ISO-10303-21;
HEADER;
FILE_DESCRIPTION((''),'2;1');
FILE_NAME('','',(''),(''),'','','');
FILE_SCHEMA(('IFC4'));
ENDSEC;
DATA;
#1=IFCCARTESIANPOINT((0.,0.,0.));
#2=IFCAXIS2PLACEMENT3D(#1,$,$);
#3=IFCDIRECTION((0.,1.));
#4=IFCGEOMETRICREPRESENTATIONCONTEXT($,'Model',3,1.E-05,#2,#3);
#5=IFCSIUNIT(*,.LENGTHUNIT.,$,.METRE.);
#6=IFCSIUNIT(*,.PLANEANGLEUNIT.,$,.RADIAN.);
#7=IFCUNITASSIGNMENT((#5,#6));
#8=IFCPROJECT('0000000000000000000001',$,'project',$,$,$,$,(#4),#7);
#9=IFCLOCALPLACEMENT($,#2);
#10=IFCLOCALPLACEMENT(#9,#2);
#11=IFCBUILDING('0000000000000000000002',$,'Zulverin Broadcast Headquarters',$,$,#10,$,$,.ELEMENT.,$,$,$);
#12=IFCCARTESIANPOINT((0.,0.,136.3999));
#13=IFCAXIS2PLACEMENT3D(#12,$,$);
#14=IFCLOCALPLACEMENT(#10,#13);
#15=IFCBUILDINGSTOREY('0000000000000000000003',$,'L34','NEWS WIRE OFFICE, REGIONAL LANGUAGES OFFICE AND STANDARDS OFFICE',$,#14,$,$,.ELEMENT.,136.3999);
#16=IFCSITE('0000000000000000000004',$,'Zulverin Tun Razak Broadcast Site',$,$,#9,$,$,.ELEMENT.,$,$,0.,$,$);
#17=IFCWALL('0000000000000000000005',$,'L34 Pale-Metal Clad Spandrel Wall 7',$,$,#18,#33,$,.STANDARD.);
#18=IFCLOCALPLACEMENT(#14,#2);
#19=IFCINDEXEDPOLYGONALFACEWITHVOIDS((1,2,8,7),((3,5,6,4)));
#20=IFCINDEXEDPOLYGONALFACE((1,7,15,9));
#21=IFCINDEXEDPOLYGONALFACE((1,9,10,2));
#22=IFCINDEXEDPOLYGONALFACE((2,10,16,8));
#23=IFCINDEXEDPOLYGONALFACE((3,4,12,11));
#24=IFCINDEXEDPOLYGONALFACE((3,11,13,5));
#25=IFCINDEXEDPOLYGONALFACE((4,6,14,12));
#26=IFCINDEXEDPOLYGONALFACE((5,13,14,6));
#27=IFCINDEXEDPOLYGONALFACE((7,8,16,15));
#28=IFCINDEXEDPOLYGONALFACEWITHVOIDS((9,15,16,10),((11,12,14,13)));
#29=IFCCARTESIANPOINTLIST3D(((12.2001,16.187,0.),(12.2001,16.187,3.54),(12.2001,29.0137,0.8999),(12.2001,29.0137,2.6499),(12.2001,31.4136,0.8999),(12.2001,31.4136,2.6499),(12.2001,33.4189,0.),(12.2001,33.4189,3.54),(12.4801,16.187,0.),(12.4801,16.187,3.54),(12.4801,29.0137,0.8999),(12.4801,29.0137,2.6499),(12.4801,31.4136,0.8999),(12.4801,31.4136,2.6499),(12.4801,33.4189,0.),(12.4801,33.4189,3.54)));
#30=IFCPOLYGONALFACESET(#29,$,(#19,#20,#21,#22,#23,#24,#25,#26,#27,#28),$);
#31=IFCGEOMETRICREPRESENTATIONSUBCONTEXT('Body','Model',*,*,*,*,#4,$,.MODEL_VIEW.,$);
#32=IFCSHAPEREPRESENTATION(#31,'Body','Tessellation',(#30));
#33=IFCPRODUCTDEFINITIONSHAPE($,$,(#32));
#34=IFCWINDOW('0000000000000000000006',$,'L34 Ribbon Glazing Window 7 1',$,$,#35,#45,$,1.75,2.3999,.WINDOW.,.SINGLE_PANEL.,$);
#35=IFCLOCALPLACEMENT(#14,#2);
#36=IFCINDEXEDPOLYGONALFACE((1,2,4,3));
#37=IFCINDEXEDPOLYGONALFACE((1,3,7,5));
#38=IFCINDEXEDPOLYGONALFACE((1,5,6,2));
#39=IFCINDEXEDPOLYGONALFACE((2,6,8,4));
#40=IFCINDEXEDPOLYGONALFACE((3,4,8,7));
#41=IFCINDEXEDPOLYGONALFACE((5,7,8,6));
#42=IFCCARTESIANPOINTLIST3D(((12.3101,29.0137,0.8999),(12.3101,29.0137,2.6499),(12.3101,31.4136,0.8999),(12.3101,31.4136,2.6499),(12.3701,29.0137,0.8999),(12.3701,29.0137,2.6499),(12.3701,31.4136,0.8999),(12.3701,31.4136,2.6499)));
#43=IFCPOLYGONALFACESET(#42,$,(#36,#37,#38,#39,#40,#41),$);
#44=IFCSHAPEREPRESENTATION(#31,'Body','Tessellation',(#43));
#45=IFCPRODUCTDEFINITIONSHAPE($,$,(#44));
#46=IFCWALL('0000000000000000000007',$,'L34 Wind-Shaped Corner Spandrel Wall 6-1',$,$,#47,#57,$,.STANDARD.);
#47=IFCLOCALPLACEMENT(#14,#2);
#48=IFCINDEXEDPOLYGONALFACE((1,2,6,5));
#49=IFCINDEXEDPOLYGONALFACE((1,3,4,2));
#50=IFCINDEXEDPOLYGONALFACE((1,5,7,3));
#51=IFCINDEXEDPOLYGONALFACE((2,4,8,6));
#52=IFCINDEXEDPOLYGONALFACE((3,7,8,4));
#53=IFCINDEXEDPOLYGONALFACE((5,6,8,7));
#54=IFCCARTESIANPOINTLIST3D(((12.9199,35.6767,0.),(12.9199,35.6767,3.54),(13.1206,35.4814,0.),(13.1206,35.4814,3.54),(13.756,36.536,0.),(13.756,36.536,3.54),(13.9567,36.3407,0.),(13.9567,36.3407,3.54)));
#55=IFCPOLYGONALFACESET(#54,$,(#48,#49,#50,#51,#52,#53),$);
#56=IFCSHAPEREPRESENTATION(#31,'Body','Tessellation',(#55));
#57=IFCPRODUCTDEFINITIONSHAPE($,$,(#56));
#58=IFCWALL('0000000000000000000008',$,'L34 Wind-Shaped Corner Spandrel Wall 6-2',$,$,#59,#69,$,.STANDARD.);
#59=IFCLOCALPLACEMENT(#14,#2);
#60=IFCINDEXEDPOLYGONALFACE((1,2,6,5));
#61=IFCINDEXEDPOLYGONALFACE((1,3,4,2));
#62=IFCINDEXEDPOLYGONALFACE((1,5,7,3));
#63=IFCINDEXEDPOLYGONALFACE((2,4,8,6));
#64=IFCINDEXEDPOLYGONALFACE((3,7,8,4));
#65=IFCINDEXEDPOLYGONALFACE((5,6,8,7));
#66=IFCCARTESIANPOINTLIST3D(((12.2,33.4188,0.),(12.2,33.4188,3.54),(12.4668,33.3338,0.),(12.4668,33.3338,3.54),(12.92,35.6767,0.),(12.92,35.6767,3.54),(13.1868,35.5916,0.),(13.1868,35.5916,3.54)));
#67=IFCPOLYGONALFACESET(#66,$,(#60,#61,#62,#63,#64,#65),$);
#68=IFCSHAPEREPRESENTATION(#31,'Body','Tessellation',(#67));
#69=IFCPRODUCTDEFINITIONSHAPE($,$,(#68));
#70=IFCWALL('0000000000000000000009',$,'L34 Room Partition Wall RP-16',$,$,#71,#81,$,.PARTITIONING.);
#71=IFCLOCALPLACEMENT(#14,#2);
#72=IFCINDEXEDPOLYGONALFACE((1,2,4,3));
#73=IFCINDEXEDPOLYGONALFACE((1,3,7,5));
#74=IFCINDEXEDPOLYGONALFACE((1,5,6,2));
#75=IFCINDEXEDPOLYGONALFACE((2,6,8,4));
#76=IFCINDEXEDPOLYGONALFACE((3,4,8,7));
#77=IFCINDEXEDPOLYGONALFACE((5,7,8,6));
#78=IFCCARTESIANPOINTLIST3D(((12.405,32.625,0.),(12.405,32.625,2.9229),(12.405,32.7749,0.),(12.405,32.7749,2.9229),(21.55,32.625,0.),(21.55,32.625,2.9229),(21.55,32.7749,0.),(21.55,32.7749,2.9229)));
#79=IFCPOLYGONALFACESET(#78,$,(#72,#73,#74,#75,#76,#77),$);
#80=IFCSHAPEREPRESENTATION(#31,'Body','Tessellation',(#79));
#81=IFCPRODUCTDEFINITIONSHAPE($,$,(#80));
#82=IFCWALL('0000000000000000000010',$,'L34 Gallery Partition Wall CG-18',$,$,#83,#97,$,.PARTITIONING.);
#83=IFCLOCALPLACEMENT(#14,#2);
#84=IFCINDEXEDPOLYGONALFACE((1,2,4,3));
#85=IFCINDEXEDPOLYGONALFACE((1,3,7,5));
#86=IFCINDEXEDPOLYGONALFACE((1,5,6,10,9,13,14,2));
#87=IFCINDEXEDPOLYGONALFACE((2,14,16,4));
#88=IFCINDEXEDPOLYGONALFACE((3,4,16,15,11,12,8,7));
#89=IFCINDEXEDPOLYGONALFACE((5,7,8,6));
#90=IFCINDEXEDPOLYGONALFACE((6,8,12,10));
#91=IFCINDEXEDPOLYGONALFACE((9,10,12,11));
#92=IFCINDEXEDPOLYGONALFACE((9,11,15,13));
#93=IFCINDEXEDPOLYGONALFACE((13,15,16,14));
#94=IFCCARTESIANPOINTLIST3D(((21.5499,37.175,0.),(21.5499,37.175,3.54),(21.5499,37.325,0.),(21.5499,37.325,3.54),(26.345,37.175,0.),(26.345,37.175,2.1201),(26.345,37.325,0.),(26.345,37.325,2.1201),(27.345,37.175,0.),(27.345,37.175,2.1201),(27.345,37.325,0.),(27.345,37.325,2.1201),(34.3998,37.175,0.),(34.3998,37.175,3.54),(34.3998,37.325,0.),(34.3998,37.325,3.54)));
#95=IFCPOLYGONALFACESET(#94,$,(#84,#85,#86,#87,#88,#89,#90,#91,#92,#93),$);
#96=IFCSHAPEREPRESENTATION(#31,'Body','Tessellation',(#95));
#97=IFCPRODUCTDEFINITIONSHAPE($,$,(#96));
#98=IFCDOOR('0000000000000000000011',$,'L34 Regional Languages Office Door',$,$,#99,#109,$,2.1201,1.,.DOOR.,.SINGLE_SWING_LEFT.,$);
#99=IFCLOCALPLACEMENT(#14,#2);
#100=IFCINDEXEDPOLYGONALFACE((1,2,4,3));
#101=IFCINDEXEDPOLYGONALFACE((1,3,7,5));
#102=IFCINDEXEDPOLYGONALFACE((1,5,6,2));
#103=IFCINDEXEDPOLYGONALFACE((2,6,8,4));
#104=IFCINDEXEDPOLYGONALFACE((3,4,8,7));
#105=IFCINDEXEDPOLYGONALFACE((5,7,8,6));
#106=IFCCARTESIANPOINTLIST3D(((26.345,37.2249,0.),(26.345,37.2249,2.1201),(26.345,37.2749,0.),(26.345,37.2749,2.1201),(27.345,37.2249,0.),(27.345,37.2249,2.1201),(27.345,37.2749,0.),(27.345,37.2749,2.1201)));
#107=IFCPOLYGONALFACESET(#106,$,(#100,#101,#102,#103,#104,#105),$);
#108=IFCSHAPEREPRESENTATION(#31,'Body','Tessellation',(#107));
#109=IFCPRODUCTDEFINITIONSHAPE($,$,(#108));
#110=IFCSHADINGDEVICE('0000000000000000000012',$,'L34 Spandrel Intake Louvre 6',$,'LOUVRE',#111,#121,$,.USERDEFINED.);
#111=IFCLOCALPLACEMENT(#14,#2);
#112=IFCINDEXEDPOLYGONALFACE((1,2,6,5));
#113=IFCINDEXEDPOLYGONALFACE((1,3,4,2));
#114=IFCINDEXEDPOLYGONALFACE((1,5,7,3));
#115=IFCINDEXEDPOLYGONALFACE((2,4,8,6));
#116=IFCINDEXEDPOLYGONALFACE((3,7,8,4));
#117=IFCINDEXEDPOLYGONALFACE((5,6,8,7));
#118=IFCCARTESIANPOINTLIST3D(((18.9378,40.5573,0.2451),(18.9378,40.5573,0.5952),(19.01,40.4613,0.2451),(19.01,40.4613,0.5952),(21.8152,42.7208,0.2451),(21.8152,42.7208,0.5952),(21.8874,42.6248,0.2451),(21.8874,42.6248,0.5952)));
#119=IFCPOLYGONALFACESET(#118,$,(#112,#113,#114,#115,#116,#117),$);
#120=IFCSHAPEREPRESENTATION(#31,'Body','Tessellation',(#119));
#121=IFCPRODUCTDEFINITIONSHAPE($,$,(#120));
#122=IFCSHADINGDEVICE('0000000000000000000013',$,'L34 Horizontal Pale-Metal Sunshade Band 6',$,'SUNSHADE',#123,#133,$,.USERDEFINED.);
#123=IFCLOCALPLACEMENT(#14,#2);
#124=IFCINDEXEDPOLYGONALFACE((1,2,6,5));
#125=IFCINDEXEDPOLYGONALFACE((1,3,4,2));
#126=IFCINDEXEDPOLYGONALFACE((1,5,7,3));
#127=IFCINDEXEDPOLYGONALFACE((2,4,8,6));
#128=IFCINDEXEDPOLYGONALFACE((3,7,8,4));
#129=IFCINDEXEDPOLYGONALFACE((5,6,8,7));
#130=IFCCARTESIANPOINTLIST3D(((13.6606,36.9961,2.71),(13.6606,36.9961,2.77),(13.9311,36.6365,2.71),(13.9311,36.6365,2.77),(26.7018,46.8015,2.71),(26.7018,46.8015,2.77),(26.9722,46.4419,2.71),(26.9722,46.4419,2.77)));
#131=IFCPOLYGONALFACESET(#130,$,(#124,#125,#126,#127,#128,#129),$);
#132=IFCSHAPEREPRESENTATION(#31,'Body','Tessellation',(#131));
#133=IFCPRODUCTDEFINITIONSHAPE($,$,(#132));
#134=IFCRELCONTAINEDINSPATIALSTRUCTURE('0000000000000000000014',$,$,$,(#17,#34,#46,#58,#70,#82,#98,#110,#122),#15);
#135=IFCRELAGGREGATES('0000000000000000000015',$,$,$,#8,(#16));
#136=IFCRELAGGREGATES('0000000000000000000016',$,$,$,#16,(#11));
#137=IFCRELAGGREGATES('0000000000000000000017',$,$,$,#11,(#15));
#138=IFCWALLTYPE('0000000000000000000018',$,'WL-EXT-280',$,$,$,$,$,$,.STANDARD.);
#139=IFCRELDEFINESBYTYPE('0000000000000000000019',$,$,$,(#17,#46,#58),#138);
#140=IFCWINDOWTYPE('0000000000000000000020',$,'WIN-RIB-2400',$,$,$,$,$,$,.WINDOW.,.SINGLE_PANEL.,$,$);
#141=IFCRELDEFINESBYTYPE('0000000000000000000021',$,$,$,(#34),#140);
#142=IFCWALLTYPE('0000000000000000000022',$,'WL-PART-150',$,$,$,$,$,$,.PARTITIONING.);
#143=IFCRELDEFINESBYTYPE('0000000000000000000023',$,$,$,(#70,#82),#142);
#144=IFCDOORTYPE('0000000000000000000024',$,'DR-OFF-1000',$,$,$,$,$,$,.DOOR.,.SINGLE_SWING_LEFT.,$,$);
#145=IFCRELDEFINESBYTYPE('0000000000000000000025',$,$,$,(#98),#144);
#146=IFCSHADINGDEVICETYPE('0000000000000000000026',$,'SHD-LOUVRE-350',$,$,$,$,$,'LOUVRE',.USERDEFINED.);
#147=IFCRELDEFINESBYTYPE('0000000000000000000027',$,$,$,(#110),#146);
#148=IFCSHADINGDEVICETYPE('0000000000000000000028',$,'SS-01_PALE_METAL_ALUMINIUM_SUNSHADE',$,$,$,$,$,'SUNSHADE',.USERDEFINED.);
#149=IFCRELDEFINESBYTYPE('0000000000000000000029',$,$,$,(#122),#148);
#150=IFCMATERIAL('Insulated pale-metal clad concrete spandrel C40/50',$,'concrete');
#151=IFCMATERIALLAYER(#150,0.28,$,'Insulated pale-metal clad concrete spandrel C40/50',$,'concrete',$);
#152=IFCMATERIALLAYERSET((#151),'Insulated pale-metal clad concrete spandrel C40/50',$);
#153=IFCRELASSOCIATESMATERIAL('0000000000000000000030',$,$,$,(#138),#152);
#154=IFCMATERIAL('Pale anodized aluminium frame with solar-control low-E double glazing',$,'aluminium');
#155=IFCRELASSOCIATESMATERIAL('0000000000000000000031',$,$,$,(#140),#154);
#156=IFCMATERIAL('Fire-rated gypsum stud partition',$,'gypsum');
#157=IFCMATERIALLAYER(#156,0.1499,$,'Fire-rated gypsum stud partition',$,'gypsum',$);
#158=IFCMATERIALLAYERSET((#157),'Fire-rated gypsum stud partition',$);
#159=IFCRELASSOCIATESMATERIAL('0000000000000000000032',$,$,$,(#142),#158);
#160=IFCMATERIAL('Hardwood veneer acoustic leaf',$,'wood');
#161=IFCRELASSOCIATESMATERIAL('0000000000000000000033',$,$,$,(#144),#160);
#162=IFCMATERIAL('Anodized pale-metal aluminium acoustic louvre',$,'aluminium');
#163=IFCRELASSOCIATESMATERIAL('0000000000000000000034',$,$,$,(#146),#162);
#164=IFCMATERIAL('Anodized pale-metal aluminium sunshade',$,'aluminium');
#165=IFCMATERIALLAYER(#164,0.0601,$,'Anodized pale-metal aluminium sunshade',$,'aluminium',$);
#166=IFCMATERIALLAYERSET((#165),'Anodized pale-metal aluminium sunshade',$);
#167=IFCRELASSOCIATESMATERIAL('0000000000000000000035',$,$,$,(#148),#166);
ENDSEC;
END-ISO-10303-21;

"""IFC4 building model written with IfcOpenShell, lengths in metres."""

from ifc_helpers import new_model, si_unit, direction, frame, frame_2d, origin, origin_2d, place, context, subcontext, project, spatial, rectangle, extrude, material, layer, layer_set, type_object, element, fill, save


model = new_model("IFC4")

# Units and contexts
model_context = context("Model", 3, precision=1e-05, world=origin(), true_north=direction((0.0, 1.0)))
body_context = subcontext(model_context, "Body", "Model", "MODEL_VIEW")
ifc_project = project(units=[si_unit("LENGTHUNIT", "METRE"), si_unit("PLANEANGLEUNIT", "RADIAN")], contexts=[model_context])

# Site, building, storey
site_placement = place(None, origin())
site = spatial("IfcSite", under=ifc_project, at=site_placement, Name="Zulverin Tun Razak Broadcast Site", CompositionType="ELEMENT", RefElevation=0.0)
building_placement = place(site_placement, origin())
building = spatial("IfcBuilding", under=site, at=building_placement, Name="Zulverin Broadcast Headquarters", CompositionType="ELEMENT")
storey_placement = place(building_placement, frame((0.0, 0.0, 136.3999)))
storey = spatial("IfcBuildingStorey", under=building, at=storey_placement, Name="L34", Description="NEWS WIRE OFFICE, REGIONAL LANGUAGES OFFICE AND STANDARDS OFFICE", CompositionType="ELEMENT", Elevation=136.3999)

# Wall, opening, window
ifc_material_1 = material(Name="Insulated pale-metal clad concrete spandrel C40/50", Category="concrete")
ifc_layer_1 = layer(ifc_material_1, 0.28, Name="Insulated pale-metal clad concrete spandrel C40/50", Category="concrete")
ifc_layer_set_1 = layer_set([ifc_layer_1], Name="Insulated pale-metal clad concrete spandrel C40/50")
wall_type_1 = type_object("IfcWallType", Name="WL-EXT-280", PredefinedType="STANDARD", material=ifc_layer_set_1)
wall_1_placement = place(storey_placement, frame((12.3401, 33.4189, 0.0), z_axis=(0.0, 0.0, 1.0), x_axis=(0.0, -1.0, 0.0)))
wall_1 = element("IfcWall", 1, at=wall_1_placement, inside=storey, type_object=wall_type_1, Name="L34 Pale-Metal Clad Spandrel Wall 7", PredefinedType="STANDARD", context=body_context, shape_type="SweptSolid", body=[
    extrude(rectangle(XDim=17.2319, YDim=0.28, at=frame_2d((8.616, 0.0))), origin(), (0.0, 0.0, 1.0), 3.54),
])
opening_1_placement = place(wall_1_placement, frame((2.0054, 0.0, 0.8999)))
opening_1 = element("IfcOpeningElement", 2, at=opening_1_placement, cuts=wall_1, PredefinedType="OPENING", context=body_context, shape_type="SweptSolid", body=[
    extrude(rectangle(XDim=2.3999, YDim=1.75, at=frame_2d((1.2, 0.875))), frame((0.0, 0.1499, 0.0), z_axis=(0.0, -1.0, 0.0), x_axis=(1.0, 0.0, 0.0)), (0.0, 0.0, 1.0), 0.3),
])
ifc_material_2 = material(Name="Pale anodized aluminium frame with solar-control low-E double glazing", Category="aluminium")
window_type = type_object("IfcWindowType", Name="WIN-RIB-2400", PartitioningType="SINGLE_PANEL", PredefinedType="WINDOW", material=ifc_material_2)
window_placement = place(opening_1_placement, origin())
window = element("IfcWindow", 3, at=window_placement, inside=storey, type_object=window_type, Name="L34 Ribbon Glazing Window 7 1", OverallHeight=1.75, OverallWidth=2.3999, PartitioningType="SINGLE_PANEL", PredefinedType="WINDOW", context=body_context, shape_type="SweptSolid", body=[
    extrude(rectangle(XDim=2.3999, YDim=1.75, at=frame_2d((1.2, 0.875))), frame((0.0, 0.03, 0.0), z_axis=(0.0, -1.0, 0.0), x_axis=(1.0, 0.0, 0.0)), (0.0, 0.0, 1.0), 0.0601),
])
fill(opening_1, window)

# Walls
wall_2_placement = place(storey_placement, frame((13.8564, 36.4385, 0.0), z_axis=(0.0, 0.0, 1.0), x_axis=(-0.697369, -0.716712, 0.0)))
element("IfcWall", 4, at=wall_2_placement, inside=storey, type_object=wall_type_1, Name="L34 Wind-Shaped Corner Spandrel Wall 6-1", PredefinedType="STANDARD", context=body_context, shape_type="SweptSolid", body=[
    extrude(rectangle(XDim=1.199, YDim=0.28, at=frame_2d((0.5996, 0.0))), origin(), (0.0, 0.0, 1.0), 3.54),
])
wall_3_placement = place(storey_placement, frame((13.0535, 35.6343, 0.0), z_axis=(0.0, 0.0, 1.0), x_axis=(-0.303807, -0.952733, 0.0)))
element("IfcWall", 5, at=wall_3_placement, inside=storey, type_object=wall_type_1, Name="L34 Wind-Shaped Corner Spandrel Wall 6-2", PredefinedType="STANDARD", context=body_context, shape_type="SweptSolid", body=[
    extrude(rectangle(XDim=2.3699, YDim=0.28, at=frame_2d((1.1851, 0.0))), origin(), (0.0, 0.0, 1.0), 3.54),
])
ifc_material_3 = material(Name="Fire-rated gypsum stud partition", Category="gypsum")
ifc_layer_2 = layer(ifc_material_3, 0.1499, Name="Fire-rated gypsum stud partition", Category="gypsum")
ifc_layer_set_2 = layer_set([ifc_layer_2], Name="Fire-rated gypsum stud partition")
wall_type_2 = type_object("IfcWallType", Name="WL-PART-150", PredefinedType="PARTITIONING", material=ifc_layer_set_2)
wall_4_placement = place(storey_placement, frame((12.405, 32.7, 0.0), z_axis=(0.0, 0.0, 1.0), x_axis=(1.0, 0.0, 0.0)))
element("IfcWall", 6, at=wall_4_placement, inside=storey, type_object=wall_type_2, Name="L34 Room Partition Wall RP-16", PredefinedType="PARTITIONING", context=body_context, shape_type="SweptSolid", body=[
    extrude(rectangle(XDim=9.145, YDim=0.1499, at=frame_2d((4.5725, 0.0))), origin(), (0.0, 0.0, 1.0), 2.9229),
])

# Wall, opening, door
wall_5_placement = place(storey_placement, frame((21.55, 37.25, 0.0), z_axis=(0.0, 0.0, 1.0), x_axis=(1.0, 0.0, 0.0)))
wall_5 = element("IfcWall", 7, at=wall_5_placement, inside=storey, type_object=wall_type_2, Name="L34 Gallery Partition Wall CG-18", PredefinedType="PARTITIONING", context=body_context, shape_type="SweptSolid", body=[
    extrude(rectangle(XDim=12.8499, YDim=0.1499, at=frame_2d((6.4248, 0.0))), origin(), (0.0, 0.0, 1.0), 3.54),
])
opening_2_placement = place(wall_5_placement, frame((4.7949, 0.0, 0.0)))
opening_2 = element("IfcOpeningElement", 8, at=opening_2_placement, cuts=wall_5, PredefinedType="OPENING", context=body_context, shape_type="SweptSolid", body=[
    extrude(rectangle(XDim=1.0, YDim=2.1201, at=frame_2d((0.5, 1.0601))), frame((0.0, 0.085, 0.0), z_axis=(0.0, -1.0, 0.0), x_axis=(1.0, 0.0, 0.0)), (0.0, 0.0, 1.0), 0.1699),
])
ifc_material_4 = material(Name="Hardwood veneer acoustic leaf", Category="wood")
door_type = type_object("IfcDoorType", Name="DR-OFF-1000", OperationType="SINGLE_SWING_LEFT", PredefinedType="DOOR", material=ifc_material_4)
door_placement = place(opening_2_placement, origin())
door = element("IfcDoor", 9, at=door_placement, inside=storey, type_object=door_type, Name="L34 Regional Languages Office Door", OperationType="SINGLE_SWING_LEFT", OverallHeight=2.1201, OverallWidth=1.0, PredefinedType="DOOR", context=body_context, shape_type="SweptSolid", body=[
    extrude(rectangle(XDim=1.0, YDim=2.1201, at=frame_2d((0.5, 1.0601))), frame((0.0, 0.0249, 0.0), z_axis=(0.0, -1.0, 0.0), x_axis=(1.0, 0.0, 0.0)), (0.0, 0.0, 1.0), 0.05),
])
fill(opening_2, door)

# Shading devices
ifc_material_5 = material(Name="Anodized pale-metal aluminium acoustic louvre", Category="aluminium")
shading_device_type_1 = type_object("IfcShadingDeviceType", Name="SHD-LOUVRE-350", ElementType="LOUVRE", PredefinedType="USERDEFINED", material=ifc_material_5)
shading_device_1_placement = place(storey_placement, frame((20.4126, 41.5911, 0.2451), z_axis=(0.0, 0.0, 1.0), x_axis=(-0.799276, -0.600964, 0.0)))
element("IfcShadingDevice", 10, at=shading_device_1_placement, inside=storey, type_object=shading_device_type_1, Name="L34 Spandrel Intake Louvre 6", ObjectType="LOUVRE", PredefinedType="USERDEFINED", context=body_context, shape_type="SweptSolid", body=[
    extrude(rectangle(XDim=3.6001, YDim=0.1201, at=origin_2d()), origin(), (0.0, 0.0, 1.0), 0.3501),
])
ifc_material_6 = material(Name="Anodized pale-metal aluminium sunshade", Category="aluminium")
ifc_layer_3 = layer(ifc_material_6, 0.0601, Name="Anodized pale-metal aluminium sunshade", Category="aluminium")
ifc_layer_set_3 = layer_set([ifc_layer_3], Name="Anodized pale-metal aluminium sunshade")
shading_device_type_2 = type_object("IfcShadingDeviceType", Name="SS-01_PALE_METAL_ALUMINIUM_SUNSHADE", ElementType="SUNSHADE", PredefinedType="USERDEFINED", material=ifc_layer_set_3)
shading_device_2_placement = place(storey_placement, frame((20.3164, 41.719, 2.71), z_axis=(0.0, 0.0, 1.0), x_axis=(-0.799276, -0.600964, 0.0)))
element("IfcShadingDevice", 11, at=shading_device_2_placement, inside=storey, type_object=shading_device_type_2, Name="L34 Horizontal Pale-Metal Sunshade Band 6", ObjectType="SUNSHADE", PredefinedType="USERDEFINED", context=body_context, shape_type="SweptSolid", body=[
    extrude(rectangle(XDim=16.3162, YDim=0.45, at=origin_2d()), origin(), (0.0, 0.0, 1.0), 0.0601),
])

save(model, "model.ifc")
